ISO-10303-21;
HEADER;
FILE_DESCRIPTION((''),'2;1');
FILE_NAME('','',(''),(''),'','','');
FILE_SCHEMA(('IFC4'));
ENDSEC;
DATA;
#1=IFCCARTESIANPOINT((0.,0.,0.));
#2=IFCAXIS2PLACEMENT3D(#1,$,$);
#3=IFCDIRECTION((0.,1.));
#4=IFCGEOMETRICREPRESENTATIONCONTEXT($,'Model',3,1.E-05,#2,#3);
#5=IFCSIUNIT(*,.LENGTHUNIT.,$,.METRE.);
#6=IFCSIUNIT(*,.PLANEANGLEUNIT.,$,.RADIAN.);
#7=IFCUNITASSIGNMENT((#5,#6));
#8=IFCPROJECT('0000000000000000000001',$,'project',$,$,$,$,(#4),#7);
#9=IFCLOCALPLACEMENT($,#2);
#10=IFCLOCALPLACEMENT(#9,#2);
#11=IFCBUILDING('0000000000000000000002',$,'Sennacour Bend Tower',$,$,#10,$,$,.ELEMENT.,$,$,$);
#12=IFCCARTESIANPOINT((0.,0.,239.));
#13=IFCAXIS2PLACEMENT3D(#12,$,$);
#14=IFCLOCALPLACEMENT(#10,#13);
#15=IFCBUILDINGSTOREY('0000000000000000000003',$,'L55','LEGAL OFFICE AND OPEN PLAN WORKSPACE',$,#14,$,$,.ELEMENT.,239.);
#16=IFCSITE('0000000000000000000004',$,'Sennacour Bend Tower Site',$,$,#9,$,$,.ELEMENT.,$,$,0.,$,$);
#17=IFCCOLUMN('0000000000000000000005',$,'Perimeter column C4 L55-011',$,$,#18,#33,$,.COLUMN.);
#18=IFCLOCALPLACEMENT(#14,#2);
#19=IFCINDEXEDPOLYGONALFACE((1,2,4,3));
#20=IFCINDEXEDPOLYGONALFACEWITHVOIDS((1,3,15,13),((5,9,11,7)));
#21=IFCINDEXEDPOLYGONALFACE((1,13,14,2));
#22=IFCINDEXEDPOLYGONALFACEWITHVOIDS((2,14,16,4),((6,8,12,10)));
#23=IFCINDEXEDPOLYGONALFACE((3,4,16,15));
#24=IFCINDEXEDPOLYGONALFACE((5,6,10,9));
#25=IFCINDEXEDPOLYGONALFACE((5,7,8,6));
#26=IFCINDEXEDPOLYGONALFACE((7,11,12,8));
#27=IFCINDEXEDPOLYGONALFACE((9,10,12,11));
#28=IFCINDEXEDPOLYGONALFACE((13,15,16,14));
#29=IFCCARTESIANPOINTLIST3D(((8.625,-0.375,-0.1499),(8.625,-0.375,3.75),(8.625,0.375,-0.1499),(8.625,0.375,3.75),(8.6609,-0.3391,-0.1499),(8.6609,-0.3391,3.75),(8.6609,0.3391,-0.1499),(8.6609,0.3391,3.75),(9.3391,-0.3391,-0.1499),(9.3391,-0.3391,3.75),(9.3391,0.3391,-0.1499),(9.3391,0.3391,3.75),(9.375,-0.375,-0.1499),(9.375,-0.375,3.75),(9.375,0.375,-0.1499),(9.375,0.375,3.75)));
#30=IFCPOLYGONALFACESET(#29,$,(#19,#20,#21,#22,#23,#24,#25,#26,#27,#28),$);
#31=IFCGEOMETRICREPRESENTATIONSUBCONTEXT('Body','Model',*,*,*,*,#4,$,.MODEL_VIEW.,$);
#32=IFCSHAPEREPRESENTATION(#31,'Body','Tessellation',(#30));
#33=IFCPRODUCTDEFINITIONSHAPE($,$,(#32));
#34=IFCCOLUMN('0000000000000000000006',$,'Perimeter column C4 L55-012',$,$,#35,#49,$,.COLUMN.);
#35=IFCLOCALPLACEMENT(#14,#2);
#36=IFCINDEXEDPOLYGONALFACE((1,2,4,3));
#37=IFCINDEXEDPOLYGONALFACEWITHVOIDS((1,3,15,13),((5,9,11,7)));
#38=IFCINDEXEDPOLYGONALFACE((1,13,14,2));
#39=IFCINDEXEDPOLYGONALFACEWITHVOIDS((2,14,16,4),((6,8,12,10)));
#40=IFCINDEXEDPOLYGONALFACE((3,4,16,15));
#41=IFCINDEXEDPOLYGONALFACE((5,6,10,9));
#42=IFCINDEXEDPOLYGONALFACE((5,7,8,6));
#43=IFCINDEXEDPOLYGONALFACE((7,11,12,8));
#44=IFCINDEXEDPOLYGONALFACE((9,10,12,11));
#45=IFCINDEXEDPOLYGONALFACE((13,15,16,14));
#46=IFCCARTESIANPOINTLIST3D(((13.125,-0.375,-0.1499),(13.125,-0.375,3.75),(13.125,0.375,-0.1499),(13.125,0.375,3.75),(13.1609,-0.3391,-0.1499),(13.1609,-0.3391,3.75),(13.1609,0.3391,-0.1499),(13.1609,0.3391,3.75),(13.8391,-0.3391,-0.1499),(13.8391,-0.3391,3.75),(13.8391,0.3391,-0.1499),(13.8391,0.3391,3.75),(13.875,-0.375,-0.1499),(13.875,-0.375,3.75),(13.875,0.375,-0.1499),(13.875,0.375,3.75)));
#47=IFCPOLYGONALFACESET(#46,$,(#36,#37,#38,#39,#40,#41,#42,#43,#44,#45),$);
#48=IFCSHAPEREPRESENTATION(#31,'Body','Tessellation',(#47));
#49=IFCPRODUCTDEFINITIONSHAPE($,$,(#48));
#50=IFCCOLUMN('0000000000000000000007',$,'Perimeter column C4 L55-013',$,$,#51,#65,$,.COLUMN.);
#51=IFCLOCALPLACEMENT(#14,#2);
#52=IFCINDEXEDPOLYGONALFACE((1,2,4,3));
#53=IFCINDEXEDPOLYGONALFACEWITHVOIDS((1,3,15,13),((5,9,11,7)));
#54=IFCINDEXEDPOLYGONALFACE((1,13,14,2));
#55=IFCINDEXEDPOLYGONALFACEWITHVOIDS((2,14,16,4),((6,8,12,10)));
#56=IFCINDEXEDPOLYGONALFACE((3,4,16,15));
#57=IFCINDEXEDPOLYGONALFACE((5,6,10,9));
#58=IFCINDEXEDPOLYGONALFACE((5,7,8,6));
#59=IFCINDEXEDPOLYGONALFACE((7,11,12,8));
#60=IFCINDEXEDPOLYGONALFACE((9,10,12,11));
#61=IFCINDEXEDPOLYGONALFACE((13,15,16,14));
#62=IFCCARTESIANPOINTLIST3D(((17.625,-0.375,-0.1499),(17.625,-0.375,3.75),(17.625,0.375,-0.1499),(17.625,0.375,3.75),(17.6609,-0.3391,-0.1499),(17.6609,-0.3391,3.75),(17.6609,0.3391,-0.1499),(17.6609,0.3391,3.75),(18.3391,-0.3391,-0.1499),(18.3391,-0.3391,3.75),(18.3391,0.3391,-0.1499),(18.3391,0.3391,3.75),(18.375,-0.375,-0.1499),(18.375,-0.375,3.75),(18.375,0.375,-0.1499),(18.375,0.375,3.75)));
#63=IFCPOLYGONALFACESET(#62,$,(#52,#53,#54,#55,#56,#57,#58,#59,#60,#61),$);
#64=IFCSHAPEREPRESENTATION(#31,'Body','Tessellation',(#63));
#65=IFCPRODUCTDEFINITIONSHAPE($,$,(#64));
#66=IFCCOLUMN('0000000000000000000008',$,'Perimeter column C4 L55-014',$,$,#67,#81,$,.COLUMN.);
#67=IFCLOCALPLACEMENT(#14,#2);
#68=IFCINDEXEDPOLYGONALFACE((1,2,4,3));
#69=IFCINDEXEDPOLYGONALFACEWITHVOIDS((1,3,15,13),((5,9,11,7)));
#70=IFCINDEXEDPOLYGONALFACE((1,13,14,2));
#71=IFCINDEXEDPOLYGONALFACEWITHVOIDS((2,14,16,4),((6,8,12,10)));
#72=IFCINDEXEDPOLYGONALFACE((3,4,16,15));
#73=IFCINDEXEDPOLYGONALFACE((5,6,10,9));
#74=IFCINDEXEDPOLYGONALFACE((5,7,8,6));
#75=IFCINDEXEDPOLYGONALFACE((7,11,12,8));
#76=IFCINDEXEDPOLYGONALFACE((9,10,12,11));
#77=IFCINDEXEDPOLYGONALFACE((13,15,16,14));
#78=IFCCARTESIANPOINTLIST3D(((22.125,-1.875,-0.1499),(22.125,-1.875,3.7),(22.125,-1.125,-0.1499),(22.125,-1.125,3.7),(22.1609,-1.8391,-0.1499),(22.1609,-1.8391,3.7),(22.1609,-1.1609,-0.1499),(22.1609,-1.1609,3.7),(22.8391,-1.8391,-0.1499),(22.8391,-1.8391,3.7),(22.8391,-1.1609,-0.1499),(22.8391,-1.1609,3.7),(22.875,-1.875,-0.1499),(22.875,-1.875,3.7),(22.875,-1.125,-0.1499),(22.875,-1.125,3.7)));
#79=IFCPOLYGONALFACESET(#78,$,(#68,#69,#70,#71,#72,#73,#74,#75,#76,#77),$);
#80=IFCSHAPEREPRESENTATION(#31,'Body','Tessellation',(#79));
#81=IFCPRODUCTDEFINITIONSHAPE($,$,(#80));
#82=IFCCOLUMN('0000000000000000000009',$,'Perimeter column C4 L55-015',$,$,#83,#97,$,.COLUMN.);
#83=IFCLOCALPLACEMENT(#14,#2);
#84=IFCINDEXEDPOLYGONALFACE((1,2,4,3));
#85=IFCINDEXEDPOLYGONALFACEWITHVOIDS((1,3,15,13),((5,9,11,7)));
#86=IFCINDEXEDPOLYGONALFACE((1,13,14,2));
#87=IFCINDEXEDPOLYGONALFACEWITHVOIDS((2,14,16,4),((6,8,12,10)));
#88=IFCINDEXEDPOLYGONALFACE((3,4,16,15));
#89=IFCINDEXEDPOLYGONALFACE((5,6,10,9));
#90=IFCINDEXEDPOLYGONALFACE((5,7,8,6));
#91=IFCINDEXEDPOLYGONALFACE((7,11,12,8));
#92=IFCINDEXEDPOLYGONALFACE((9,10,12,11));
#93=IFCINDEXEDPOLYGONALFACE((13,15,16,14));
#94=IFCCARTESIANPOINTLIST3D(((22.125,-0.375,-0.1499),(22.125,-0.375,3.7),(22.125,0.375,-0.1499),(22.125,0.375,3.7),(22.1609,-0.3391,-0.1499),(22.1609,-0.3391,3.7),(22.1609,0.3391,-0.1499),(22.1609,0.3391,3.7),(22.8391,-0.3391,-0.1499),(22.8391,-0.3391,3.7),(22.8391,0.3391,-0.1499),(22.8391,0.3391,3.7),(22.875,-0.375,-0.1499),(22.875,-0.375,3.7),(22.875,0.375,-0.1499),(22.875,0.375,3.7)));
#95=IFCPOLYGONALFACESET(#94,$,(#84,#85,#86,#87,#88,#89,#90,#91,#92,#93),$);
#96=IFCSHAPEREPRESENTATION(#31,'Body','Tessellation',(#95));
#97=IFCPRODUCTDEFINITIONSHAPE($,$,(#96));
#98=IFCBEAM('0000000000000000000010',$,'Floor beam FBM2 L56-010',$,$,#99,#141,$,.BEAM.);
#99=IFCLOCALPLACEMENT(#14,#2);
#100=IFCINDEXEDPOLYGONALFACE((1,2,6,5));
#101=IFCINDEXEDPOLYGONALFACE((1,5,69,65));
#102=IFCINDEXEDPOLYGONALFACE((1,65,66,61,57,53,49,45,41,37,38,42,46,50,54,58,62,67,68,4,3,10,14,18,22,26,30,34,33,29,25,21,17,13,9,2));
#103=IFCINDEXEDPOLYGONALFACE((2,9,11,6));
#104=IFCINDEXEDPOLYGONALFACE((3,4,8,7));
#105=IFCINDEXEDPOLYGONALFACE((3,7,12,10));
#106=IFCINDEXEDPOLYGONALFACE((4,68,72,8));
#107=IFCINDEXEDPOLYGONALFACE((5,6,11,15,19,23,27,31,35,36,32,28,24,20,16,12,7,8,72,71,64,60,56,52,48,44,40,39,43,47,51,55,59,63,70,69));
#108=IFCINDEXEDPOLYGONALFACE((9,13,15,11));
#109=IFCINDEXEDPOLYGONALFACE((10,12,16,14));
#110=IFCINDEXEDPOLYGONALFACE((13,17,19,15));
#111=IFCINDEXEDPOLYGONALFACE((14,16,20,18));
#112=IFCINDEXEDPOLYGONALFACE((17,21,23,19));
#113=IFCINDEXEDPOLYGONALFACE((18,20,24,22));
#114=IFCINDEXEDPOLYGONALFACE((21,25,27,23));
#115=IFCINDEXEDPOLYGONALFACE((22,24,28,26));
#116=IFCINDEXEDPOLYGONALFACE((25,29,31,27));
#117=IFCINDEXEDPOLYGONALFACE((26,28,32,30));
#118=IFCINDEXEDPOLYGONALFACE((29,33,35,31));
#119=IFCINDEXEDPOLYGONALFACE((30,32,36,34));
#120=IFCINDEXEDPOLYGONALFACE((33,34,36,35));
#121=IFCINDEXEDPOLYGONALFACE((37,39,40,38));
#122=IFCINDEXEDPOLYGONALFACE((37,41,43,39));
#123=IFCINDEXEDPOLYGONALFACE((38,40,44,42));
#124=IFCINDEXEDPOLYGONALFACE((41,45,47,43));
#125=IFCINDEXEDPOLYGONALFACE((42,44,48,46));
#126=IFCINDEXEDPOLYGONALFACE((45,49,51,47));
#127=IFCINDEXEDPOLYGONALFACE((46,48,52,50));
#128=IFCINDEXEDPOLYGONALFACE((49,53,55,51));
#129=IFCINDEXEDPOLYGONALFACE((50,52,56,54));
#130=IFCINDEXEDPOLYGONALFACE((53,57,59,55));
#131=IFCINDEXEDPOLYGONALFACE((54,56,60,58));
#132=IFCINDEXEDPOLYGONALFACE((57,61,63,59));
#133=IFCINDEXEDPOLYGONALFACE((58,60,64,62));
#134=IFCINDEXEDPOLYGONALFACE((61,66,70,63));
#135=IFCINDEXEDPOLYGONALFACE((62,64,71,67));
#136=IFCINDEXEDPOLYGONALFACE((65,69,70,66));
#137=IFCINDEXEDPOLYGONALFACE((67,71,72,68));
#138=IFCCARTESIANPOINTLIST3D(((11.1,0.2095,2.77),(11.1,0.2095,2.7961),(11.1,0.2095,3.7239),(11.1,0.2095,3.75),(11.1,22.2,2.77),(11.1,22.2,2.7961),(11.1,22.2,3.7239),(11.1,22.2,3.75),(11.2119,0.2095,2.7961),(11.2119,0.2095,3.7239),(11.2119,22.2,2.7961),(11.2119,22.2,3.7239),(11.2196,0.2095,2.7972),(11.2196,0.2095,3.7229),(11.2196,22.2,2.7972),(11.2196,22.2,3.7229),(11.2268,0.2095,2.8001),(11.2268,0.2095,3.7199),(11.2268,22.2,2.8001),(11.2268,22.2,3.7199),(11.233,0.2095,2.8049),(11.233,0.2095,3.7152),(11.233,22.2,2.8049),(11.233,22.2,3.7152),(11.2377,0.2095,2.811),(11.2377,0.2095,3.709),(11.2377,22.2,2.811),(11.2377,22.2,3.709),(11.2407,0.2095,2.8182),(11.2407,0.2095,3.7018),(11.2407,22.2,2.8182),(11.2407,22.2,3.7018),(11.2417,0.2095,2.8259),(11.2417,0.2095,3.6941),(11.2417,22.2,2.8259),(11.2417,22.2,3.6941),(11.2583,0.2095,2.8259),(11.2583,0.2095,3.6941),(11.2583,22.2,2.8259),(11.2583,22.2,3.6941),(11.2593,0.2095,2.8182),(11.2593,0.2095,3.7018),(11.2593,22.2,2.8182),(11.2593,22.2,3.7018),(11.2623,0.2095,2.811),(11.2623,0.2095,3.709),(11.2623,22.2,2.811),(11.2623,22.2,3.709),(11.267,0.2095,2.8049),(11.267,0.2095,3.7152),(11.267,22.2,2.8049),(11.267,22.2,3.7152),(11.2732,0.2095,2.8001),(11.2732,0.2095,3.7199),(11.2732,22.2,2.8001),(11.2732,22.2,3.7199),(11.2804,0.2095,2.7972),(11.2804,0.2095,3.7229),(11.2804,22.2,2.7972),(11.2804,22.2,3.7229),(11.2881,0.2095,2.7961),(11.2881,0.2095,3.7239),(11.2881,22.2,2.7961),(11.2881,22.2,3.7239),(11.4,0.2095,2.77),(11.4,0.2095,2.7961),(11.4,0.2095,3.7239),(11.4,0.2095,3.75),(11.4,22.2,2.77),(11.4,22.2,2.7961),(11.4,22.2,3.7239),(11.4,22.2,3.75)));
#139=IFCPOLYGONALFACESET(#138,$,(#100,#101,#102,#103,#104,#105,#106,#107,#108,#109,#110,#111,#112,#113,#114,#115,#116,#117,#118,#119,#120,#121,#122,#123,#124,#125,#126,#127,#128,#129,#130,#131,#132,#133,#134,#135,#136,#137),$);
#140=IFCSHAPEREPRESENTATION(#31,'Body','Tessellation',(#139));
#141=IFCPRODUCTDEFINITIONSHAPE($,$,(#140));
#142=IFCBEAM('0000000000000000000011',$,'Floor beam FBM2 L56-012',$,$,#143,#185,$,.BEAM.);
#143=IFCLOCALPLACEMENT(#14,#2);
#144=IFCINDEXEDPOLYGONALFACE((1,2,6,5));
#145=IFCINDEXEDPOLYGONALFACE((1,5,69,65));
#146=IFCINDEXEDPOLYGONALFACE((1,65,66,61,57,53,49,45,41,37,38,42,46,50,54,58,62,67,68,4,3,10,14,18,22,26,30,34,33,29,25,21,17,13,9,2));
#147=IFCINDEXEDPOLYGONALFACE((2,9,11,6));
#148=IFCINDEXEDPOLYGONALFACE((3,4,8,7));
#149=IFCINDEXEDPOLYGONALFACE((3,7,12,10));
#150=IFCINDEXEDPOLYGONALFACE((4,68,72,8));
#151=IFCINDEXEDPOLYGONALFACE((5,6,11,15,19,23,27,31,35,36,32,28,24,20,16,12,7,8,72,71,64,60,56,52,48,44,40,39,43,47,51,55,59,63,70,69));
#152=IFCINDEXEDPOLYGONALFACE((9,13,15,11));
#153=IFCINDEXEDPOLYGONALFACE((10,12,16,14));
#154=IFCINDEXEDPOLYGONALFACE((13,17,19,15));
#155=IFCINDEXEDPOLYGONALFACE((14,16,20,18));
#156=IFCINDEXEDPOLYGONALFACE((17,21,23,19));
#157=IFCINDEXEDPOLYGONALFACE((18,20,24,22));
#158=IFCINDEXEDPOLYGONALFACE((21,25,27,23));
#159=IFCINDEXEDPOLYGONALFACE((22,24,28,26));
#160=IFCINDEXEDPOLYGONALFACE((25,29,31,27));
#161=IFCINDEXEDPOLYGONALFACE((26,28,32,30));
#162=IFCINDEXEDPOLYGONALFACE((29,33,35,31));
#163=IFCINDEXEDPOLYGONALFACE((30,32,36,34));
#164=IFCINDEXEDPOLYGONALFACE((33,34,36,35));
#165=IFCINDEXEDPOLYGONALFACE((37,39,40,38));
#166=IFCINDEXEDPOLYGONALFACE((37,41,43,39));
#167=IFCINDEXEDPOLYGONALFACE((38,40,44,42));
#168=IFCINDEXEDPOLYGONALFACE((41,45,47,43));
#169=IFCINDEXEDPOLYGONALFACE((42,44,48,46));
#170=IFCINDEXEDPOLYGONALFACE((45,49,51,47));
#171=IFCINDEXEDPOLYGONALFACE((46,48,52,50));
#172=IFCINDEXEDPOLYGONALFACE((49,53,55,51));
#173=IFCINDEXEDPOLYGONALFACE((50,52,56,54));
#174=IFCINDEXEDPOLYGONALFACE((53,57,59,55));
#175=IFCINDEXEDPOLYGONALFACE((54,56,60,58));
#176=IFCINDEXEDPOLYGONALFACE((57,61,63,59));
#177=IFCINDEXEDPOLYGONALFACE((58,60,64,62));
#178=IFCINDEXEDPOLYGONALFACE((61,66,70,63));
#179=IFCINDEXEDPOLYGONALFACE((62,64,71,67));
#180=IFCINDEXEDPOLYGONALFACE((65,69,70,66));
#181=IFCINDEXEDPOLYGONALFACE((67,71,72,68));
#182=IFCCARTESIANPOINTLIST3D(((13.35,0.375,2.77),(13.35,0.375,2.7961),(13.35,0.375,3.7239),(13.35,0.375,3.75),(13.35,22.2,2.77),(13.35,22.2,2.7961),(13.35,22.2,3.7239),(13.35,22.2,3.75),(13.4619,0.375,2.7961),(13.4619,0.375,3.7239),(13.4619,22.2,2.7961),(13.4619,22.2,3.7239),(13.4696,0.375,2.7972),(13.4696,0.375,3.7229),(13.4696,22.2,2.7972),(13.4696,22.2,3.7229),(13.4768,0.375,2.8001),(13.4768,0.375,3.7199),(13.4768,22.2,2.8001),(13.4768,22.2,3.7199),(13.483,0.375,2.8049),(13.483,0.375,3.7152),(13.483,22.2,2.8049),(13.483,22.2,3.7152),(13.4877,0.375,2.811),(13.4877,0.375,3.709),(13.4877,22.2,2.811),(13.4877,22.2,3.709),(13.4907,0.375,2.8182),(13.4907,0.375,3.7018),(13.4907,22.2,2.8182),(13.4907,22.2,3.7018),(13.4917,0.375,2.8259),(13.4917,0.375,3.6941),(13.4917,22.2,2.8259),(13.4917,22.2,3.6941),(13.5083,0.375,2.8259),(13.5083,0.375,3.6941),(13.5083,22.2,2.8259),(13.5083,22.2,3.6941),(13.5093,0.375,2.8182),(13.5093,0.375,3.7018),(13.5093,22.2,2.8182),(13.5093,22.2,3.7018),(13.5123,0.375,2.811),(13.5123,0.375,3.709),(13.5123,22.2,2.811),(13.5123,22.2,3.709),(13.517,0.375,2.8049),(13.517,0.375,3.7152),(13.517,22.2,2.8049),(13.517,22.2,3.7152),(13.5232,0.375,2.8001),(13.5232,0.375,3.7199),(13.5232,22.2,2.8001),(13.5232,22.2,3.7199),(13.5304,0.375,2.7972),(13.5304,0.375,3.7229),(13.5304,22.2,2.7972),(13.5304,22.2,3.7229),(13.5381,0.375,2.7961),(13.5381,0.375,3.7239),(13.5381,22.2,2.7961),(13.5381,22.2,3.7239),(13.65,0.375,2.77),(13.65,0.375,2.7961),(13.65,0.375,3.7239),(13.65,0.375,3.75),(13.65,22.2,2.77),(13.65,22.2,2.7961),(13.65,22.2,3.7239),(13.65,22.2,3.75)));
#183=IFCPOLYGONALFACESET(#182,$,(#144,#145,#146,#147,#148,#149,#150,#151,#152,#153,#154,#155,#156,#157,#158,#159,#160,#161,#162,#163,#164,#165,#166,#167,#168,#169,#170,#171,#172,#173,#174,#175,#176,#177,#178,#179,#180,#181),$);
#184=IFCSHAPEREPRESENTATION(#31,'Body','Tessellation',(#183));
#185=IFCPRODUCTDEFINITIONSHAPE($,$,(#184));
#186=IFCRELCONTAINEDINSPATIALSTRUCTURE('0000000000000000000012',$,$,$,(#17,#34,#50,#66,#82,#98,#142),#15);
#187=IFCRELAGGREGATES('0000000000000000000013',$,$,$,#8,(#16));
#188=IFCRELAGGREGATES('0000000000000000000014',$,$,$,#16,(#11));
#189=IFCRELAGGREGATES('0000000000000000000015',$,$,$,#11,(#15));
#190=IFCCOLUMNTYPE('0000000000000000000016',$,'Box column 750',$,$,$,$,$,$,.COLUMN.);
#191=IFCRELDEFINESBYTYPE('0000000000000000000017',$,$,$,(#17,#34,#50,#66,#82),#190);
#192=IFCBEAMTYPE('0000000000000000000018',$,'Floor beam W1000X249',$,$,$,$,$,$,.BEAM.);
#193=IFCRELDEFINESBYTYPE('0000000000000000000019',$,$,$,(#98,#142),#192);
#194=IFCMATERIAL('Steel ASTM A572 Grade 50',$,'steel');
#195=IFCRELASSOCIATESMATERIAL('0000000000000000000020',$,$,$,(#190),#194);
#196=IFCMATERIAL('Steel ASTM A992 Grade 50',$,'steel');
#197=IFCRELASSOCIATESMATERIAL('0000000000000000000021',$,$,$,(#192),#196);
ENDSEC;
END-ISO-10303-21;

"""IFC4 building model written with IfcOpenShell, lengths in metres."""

from ifc_helpers import new_model, si_unit, direction, frame, origin, origin_2d, place, context, subcontext, project, spatial, hollow_rectangle, i_section, extrude, material, material_profile, profile_set, type_object, element, save


model = new_model("IFC4")

# Units and contexts
model_context = context("Model", 3, precision=1e-05, world=origin(), true_north=direction((0.0, 1.0)))
body_context = subcontext(model_context, "Body", "Model", "MODEL_VIEW")
ifc_project = project(units=[si_unit("LENGTHUNIT", "METRE"), si_unit("PLANEANGLEUNIT", "RADIAN")], contexts=[model_context])

# Site, building, storey
site_placement = place(None, origin())
site = spatial("IfcSite", under=ifc_project, at=site_placement, Name="Sennacour Bend Tower Site", CompositionType="ELEMENT", RefElevation=0.0)
building_placement = place(site_placement, origin())
building = spatial("IfcBuilding", under=site, at=building_placement, Name="Sennacour Bend Tower", CompositionType="ELEMENT")
storey_placement = place(building_placement, frame((0.0, 0.0, 239.0)))
storey = spatial("IfcBuildingStorey", under=building, at=storey_placement, Name="L55", Description="LEGAL OFFICE AND OPEN PLAN WORKSPACE", CompositionType="ELEMENT", Elevation=239.0)

# Columns
ifc_material_1 = material(Name="Steel ASTM A572 Grade 50", Category="steel")
ifc_material_profile_1 = material_profile(ifc_material_1, hollow_rectangle(XDim=0.75, YDim=0.75, WallThickness=0.0359, at=origin_2d()), Name="Steel ASTM A572 Grade 50", Category="steel")
ifc_profile_set_1 = profile_set([ifc_material_profile_1], Name="Steel ASTM A572 Grade 50")
column_type = type_object("IfcColumnType", Name="Box column 750", PredefinedType="COLUMN", material=ifc_profile_set_1)
for number, where, z_axis, x_axis, name in (
    (1, (9.0, 0.0, -0.1499), (0.0, 0.0, 1.0), (1.0, 0.0, 0.0), "Perimeter column C4 L55-011"),
    (2, (13.5, 0.0, -0.1499), (0.0, 0.0, 1.0), (1.0, 0.0, 0.0), "Perimeter column C4 L55-012"),
    (3, (18.0, 0.0, -0.1499), (0.0, 0.0, 1.0), (1.0, 0.0, 0.0), "Perimeter column C4 L55-013"),
):
    element("IfcColumn", number, at=place(storey_placement, frame(where, z_axis=z_axis, x_axis=x_axis)), inside=storey, type_object=column_type, Name=name, PredefinedType="COLUMN", context=body_context, shape_type="SweptSolid", body=[
        extrude(hollow_rectangle(XDim=0.75, YDim=0.75, WallThickness=0.0359, at=origin_2d()), origin(), (0.0, 0.0, 1.0), 3.8999),
    ])
for number, where, z_axis, x_axis, name in (
    (4, (22.5, -1.5, -0.1499), (0.0, 0.0, 1.0), (1.0, 0.0, 0.0), "Perimeter column C4 L55-014"),
    (5, (22.5, 0.0, -0.1499), (0.0, 0.0, 1.0), (1.0, 0.0, 0.0), "Perimeter column C4 L55-015"),
):
    element("IfcColumn", number, at=place(storey_placement, frame(where, z_axis=z_axis, x_axis=x_axis)), inside=storey, type_object=column_type, Name=name, PredefinedType="COLUMN", context=body_context, shape_type="SweptSolid", body=[
        extrude(hollow_rectangle(XDim=0.75, YDim=0.75, WallThickness=0.0359, at=origin_2d()), origin(), (0.0, 0.0, 1.0), 3.8499),
    ])

# Beams
ifc_material_2 = material(Name="Steel ASTM A992 Grade 50", Category="steel")
ifc_material_profile_2 = material_profile(ifc_material_2, i_section(OverallWidth=0.3, OverallDepth=0.98, WebThickness=0.0166, FlangeThickness=0.0261, FilletRadius=0.0298, at=origin_2d()), Name="Steel ASTM A992 Grade 50", Category="steel")
ifc_profile_set_2 = profile_set([ifc_material_profile_2], Name="Steel ASTM A992 Grade 50")
beam_type = type_object("IfcBeamType", Name="Floor beam W1000X249", PredefinedType="BEAM", material=ifc_profile_set_2)
beam_1_placement = place(storey_placement, frame((11.25, 0.2095, 3.26), z_axis=(0.0, 1.0, 0.0), x_axis=(-1.0, 0.0, 0.0)))
element("IfcBeam", 6, at=beam_1_placement, inside=storey, type_object=beam_type, Name="Floor beam FBM2 L56-010", PredefinedType="BEAM", context=body_context, shape_type="SweptSolid", body=[
    extrude(i_section(OverallWidth=0.3, OverallDepth=0.98, WebThickness=0.0166, FlangeThickness=0.0261, FilletRadius=0.0298, at=origin_2d()), origin(), (0.0, 0.0, 1.0), 21.9905),
])
beam_2_placement = place(storey_placement, frame((13.5, 0.375, 3.26), z_axis=(0.0, 1.0, 0.0), x_axis=(-1.0, 0.0, 0.0)))
element("IfcBeam", 7, at=beam_2_placement, inside=storey, type_object=beam_type, Name="Floor beam FBM2 L56-012", PredefinedType="BEAM", context=body_context, shape_type="SweptSolid", body=[
    extrude(i_section(OverallWidth=0.3, OverallDepth=0.98, WebThickness=0.0166, FlangeThickness=0.0261, FilletRadius=0.0298, at=origin_2d()), origin(), (0.0, 0.0, 1.0), 21.825),
])

save(model, "model.ifc")
